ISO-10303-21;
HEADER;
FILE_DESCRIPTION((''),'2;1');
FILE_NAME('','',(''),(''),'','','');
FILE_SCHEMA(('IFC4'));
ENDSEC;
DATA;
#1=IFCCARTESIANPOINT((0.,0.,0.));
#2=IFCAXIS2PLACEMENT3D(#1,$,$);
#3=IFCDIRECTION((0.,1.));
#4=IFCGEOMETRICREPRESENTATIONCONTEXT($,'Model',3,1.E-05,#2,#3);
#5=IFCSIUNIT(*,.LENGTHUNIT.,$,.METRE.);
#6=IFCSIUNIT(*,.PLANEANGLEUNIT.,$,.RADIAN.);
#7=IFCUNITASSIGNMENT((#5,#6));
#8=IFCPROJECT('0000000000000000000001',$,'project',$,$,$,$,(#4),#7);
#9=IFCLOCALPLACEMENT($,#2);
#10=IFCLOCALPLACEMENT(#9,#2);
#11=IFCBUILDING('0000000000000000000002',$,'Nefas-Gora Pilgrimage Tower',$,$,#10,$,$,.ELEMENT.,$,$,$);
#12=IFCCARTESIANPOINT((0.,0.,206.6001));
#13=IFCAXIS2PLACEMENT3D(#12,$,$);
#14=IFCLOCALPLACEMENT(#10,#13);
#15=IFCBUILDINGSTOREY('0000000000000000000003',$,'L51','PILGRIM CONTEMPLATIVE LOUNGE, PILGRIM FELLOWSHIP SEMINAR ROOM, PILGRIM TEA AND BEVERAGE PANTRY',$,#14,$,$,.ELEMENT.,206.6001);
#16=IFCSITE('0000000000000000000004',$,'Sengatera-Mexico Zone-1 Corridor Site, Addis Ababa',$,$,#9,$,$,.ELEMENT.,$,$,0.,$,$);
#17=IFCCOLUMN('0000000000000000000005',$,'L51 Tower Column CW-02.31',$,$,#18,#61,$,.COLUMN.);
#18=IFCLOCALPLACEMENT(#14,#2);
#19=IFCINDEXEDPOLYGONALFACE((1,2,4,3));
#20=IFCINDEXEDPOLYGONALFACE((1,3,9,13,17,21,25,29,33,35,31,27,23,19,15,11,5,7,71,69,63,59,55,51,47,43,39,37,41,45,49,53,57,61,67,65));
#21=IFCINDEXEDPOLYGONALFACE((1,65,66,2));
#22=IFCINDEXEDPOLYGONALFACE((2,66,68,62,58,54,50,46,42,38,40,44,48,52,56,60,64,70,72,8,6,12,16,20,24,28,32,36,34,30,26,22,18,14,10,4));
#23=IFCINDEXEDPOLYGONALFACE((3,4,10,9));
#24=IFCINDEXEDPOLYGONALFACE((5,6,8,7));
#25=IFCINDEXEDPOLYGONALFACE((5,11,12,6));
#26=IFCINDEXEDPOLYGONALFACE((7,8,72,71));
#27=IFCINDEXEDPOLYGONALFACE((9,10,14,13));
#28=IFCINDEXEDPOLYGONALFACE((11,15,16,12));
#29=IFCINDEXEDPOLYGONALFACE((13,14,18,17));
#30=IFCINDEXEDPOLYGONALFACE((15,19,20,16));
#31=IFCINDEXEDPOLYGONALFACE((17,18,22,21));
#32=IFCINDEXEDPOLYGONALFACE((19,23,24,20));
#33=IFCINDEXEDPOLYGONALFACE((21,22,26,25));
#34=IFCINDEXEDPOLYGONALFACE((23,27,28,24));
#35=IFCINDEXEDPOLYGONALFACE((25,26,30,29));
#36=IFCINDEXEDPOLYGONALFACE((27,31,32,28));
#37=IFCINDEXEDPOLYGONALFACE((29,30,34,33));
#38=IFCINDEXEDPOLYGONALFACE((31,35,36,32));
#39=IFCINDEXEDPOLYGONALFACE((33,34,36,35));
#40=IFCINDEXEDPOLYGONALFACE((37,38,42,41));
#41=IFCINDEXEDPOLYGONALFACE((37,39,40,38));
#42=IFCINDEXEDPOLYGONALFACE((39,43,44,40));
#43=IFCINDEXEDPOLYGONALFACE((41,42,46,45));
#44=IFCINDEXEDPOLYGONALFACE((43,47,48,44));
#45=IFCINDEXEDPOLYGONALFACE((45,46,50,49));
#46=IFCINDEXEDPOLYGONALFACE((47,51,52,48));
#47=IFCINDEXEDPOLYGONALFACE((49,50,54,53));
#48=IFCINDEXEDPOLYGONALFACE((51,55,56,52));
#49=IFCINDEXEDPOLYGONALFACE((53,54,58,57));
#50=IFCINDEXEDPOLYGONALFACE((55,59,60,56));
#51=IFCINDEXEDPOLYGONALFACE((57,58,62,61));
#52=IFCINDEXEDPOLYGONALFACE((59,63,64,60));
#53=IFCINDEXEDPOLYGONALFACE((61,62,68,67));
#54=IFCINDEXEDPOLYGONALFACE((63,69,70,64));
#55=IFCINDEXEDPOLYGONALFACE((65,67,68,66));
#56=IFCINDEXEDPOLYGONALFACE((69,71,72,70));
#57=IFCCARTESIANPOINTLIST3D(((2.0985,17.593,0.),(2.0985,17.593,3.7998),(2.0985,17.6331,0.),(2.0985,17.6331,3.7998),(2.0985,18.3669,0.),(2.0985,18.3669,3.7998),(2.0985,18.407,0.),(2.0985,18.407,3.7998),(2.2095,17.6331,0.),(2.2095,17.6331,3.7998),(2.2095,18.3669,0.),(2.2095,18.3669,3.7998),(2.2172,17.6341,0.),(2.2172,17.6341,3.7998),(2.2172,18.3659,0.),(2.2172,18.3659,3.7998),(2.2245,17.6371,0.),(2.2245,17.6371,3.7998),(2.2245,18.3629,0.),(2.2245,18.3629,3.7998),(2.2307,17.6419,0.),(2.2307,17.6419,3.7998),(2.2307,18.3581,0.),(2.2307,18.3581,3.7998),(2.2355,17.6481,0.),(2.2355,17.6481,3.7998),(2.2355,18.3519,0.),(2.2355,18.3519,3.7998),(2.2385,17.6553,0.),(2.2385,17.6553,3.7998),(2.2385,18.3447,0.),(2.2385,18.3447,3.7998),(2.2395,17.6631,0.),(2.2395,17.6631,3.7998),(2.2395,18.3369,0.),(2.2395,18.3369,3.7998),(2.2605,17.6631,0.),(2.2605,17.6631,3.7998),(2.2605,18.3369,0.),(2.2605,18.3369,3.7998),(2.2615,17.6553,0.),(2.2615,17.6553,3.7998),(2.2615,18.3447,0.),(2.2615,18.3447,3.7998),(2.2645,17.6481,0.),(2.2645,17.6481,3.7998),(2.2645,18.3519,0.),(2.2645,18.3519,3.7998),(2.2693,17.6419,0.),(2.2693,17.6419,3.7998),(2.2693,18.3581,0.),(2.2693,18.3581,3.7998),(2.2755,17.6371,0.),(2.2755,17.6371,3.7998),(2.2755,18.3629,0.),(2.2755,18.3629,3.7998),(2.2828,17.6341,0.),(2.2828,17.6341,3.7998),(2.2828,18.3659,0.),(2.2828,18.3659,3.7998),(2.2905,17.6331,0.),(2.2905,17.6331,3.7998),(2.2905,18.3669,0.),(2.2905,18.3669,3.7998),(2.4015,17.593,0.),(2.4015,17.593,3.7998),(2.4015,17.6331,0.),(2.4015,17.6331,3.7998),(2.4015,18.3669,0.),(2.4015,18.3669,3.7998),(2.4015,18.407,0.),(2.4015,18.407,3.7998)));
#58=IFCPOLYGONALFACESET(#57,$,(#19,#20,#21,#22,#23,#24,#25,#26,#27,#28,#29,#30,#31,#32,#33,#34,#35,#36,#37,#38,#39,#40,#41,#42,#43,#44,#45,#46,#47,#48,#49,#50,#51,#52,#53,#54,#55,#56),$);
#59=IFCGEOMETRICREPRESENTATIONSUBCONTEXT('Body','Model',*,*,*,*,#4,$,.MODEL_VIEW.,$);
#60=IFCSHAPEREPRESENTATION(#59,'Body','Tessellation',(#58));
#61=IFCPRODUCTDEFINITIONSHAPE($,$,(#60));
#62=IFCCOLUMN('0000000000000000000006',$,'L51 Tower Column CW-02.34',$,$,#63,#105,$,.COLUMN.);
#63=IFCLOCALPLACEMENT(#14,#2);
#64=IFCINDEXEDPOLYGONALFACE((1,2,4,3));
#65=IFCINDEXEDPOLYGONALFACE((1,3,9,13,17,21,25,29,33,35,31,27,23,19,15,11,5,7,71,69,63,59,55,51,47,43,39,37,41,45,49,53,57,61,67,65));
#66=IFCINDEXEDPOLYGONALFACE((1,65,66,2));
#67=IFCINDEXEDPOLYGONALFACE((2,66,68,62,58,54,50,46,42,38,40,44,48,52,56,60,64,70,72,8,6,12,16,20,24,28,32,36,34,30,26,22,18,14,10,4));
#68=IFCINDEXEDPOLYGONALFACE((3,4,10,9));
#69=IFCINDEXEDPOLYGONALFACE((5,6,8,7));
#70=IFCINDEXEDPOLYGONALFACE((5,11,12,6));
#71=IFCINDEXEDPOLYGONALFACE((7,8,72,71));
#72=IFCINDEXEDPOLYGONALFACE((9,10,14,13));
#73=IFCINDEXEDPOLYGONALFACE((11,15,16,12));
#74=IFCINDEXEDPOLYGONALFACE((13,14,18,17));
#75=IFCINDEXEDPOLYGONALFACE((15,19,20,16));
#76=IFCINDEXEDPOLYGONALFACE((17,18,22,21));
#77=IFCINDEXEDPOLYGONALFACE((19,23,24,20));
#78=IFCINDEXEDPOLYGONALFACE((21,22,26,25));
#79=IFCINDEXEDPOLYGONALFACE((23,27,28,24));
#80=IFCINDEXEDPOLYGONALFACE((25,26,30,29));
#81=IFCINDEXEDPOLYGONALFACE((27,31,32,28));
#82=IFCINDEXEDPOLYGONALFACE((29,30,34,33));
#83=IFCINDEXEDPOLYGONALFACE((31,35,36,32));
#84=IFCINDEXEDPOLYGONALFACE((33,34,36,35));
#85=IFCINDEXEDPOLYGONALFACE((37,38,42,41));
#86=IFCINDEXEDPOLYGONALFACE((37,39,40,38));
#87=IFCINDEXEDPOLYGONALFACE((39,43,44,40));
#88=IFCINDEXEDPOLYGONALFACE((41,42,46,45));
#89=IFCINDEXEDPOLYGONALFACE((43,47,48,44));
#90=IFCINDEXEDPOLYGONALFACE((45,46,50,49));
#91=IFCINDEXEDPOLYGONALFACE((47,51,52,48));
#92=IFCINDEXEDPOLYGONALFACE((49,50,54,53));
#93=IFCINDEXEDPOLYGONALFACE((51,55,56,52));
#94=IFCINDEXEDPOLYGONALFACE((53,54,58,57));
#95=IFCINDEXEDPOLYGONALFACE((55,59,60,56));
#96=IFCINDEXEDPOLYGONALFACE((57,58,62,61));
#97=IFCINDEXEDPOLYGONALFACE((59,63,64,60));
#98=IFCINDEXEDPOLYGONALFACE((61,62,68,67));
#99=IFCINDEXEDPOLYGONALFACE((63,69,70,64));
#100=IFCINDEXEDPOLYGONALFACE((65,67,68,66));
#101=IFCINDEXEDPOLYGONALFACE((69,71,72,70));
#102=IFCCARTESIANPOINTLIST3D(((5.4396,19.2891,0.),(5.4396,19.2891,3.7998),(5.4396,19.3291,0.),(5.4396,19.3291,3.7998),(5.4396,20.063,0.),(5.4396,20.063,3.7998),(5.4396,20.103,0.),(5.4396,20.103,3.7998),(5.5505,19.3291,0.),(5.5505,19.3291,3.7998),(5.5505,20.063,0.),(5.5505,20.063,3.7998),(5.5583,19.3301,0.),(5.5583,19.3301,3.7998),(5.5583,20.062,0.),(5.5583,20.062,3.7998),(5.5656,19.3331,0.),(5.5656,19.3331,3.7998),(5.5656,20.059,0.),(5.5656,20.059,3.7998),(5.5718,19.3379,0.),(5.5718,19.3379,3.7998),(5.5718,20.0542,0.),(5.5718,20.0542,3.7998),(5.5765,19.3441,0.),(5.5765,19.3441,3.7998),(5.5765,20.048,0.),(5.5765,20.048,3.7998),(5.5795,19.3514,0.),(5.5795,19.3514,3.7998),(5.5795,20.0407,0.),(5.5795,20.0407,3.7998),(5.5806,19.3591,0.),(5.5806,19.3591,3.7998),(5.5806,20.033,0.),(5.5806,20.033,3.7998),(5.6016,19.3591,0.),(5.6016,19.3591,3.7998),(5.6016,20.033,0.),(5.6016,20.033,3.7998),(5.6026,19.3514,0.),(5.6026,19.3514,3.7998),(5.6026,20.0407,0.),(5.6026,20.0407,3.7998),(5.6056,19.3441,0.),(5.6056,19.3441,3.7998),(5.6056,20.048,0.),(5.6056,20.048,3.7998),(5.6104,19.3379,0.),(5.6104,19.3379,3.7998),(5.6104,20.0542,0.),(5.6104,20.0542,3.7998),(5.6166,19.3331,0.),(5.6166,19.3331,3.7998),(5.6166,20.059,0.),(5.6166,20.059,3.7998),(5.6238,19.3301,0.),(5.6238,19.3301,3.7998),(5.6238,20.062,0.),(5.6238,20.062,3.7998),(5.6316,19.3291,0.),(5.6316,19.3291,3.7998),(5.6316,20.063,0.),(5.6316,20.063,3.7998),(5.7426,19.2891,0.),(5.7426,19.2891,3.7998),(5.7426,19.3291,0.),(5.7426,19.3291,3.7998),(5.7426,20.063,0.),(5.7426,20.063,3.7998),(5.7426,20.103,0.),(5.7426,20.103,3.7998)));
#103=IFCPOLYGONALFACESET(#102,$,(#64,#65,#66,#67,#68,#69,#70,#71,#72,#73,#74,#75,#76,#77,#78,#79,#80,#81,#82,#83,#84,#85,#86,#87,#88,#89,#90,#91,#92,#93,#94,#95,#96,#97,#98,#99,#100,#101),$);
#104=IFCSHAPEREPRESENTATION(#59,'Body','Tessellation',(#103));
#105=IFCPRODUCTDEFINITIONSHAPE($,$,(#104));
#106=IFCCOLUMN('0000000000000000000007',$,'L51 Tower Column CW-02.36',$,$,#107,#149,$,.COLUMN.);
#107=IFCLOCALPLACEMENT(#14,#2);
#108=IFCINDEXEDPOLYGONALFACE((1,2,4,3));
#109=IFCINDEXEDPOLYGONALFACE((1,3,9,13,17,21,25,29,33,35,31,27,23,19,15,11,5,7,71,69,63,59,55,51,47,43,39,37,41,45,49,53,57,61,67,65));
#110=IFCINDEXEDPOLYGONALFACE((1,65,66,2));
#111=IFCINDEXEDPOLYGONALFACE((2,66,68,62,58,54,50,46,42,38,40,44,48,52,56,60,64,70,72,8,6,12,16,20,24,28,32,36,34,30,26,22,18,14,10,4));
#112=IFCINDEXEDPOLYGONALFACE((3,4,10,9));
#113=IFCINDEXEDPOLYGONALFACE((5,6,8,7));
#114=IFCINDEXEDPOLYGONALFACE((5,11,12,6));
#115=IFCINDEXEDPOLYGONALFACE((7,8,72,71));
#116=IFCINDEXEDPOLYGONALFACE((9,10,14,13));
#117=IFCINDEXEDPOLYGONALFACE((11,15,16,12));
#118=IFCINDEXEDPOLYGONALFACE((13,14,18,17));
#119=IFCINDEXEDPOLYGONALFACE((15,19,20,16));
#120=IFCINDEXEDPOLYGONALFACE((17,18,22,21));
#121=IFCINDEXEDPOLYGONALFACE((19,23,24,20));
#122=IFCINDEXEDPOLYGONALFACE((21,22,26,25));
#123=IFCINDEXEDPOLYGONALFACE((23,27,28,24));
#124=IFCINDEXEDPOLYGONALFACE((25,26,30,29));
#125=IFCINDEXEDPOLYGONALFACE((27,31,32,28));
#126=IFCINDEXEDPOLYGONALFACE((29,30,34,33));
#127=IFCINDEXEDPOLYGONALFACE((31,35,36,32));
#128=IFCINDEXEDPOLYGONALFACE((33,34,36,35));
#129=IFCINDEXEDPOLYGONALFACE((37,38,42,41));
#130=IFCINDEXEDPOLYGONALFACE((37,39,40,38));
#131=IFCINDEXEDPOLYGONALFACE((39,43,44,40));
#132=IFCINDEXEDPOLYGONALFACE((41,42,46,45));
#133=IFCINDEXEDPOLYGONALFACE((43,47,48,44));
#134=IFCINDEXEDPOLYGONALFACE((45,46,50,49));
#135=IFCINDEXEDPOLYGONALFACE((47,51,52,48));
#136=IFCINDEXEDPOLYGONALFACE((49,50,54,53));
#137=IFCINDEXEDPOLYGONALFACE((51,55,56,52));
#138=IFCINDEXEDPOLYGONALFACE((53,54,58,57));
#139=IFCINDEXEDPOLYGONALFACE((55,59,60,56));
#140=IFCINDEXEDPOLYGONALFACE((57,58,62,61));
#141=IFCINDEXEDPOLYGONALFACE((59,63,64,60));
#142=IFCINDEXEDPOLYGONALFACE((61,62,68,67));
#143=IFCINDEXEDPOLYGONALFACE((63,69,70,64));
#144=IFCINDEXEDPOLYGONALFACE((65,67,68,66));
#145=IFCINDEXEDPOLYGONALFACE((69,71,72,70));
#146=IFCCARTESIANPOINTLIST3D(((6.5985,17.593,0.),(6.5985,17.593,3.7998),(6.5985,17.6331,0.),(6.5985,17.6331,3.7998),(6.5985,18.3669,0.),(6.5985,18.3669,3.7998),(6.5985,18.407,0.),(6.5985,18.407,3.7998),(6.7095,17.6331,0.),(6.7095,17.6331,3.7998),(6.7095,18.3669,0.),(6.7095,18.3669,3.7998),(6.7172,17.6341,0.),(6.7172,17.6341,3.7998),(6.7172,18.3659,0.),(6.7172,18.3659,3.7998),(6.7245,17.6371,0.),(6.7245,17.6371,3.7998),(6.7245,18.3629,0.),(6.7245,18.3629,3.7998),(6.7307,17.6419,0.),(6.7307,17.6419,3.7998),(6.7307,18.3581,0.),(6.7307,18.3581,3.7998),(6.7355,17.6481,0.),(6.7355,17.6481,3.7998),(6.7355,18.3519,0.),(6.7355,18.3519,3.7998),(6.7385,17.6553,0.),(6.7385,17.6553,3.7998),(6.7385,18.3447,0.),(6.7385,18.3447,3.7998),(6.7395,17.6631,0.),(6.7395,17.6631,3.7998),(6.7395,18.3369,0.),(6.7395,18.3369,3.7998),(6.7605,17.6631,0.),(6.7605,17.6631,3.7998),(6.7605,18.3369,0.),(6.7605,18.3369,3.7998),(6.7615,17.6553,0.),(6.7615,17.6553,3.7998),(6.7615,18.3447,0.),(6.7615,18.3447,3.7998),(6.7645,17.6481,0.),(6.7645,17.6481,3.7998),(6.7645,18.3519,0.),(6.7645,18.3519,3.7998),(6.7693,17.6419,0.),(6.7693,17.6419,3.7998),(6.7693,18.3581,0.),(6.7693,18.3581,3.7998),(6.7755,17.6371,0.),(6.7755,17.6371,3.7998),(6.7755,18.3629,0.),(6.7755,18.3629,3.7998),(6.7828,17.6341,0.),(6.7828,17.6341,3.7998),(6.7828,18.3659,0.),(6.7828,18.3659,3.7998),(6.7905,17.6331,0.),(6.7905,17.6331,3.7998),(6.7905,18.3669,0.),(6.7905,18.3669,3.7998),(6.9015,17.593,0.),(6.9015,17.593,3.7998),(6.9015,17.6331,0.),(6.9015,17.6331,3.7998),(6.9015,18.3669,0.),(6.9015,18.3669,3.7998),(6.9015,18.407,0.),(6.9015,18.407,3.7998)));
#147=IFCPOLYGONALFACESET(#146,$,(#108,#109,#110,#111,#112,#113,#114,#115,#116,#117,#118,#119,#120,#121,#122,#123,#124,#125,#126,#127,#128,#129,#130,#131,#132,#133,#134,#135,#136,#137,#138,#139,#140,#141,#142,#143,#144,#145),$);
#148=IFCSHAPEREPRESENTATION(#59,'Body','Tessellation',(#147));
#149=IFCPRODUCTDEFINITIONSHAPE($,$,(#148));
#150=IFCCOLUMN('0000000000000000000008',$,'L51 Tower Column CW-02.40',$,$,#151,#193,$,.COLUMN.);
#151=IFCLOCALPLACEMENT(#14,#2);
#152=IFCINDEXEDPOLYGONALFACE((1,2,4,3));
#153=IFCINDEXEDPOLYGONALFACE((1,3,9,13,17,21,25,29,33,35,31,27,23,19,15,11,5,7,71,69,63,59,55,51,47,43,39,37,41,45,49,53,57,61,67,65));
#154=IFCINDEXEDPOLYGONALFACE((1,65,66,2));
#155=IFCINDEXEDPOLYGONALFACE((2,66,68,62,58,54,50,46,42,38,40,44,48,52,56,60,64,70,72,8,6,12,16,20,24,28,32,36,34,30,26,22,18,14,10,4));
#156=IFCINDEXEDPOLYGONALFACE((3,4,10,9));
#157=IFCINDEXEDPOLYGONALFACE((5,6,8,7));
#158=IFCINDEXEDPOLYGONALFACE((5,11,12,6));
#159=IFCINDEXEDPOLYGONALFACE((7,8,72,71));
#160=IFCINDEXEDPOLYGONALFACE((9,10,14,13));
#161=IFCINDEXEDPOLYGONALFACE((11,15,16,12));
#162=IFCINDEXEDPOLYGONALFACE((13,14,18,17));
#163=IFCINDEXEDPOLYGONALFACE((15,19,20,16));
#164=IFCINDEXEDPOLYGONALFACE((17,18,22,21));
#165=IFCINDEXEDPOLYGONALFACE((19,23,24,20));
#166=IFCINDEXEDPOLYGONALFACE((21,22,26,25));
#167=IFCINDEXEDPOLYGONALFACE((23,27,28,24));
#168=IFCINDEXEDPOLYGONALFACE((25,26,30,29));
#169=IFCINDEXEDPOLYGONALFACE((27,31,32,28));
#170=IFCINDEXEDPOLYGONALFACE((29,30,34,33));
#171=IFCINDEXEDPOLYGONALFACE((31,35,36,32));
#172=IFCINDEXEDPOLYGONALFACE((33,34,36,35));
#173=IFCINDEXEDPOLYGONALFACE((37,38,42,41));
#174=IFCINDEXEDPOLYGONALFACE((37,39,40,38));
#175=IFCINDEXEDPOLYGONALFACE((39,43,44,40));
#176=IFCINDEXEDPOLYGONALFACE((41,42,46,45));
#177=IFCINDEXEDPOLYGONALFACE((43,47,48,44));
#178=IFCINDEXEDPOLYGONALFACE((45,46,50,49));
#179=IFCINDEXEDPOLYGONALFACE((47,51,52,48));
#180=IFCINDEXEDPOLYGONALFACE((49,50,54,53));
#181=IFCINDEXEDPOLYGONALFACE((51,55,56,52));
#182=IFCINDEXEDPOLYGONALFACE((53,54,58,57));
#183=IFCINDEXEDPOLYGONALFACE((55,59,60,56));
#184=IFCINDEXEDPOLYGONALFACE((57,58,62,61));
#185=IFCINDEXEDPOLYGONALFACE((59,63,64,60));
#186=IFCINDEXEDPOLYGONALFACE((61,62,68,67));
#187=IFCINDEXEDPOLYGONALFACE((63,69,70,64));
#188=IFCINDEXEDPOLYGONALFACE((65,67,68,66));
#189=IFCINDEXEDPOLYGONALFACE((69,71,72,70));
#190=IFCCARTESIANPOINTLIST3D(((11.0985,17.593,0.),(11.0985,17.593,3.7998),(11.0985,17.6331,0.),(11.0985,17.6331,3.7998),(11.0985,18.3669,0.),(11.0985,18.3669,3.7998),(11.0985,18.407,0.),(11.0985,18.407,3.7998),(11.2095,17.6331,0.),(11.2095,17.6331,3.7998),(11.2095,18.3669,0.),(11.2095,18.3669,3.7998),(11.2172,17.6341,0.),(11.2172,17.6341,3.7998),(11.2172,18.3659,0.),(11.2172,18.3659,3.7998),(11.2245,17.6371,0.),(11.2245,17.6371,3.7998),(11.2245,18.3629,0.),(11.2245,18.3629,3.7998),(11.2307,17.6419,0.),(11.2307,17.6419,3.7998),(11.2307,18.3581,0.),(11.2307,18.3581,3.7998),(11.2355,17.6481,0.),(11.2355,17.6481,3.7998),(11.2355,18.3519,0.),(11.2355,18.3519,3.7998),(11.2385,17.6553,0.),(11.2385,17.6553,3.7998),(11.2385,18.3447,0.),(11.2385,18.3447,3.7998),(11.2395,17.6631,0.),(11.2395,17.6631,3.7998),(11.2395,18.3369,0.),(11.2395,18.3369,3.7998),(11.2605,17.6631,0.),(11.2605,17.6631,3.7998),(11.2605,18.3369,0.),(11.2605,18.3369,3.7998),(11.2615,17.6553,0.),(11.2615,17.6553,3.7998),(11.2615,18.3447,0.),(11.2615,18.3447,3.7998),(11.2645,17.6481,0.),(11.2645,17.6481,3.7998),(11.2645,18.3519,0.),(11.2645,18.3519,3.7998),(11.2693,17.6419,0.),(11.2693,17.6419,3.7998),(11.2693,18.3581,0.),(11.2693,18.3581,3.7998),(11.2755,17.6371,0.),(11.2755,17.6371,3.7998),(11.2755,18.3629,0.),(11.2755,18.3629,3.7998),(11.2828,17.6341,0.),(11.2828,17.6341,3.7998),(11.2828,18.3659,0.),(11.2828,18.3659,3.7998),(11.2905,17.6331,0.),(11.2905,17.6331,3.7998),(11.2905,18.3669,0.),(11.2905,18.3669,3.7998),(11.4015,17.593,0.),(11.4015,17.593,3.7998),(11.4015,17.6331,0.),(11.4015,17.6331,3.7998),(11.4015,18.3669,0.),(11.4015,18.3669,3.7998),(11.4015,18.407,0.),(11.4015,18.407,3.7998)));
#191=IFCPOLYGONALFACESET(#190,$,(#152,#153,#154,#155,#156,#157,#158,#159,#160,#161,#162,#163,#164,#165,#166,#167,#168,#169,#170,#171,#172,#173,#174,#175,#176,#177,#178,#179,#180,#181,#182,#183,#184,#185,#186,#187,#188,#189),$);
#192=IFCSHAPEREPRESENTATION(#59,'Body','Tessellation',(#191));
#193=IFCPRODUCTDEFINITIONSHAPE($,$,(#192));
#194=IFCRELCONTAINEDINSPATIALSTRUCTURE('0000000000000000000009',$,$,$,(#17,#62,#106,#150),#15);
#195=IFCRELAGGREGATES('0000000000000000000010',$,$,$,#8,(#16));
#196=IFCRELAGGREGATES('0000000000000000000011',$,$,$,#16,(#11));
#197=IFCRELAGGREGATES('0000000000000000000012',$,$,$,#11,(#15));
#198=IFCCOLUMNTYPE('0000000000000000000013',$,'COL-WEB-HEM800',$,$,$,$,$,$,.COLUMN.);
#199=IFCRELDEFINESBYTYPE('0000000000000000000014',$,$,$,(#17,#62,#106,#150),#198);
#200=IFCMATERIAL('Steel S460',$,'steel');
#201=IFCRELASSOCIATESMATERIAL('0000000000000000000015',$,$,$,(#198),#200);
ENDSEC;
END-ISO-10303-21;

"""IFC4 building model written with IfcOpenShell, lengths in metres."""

from ifc_helpers import new_model, si_unit, direction, frame, origin, origin_2d, place, context, subcontext, project, spatial, i_section, extrude, source, transform, mapped, material, material_profile, profile_set, type_object, element, save


model = new_model("IFC4")

# Units and contexts
model_context = context("Model", 3, precision=1e-05, world=origin(), true_north=direction((0.0, 1.0)))
body_context = subcontext(model_context, "Body", "Model", "MODEL_VIEW")
ifc_project = project(units=[si_unit("LENGTHUNIT", "METRE"), si_unit("PLANEANGLEUNIT", "RADIAN")], contexts=[model_context])

# Site, building, storey
site_placement = place(None, origin())
site = spatial("IfcSite", under=ifc_project, at=site_placement, Name="Sengatera-Mexico Zone-1 Corridor Site, Addis Ababa", CompositionType="ELEMENT", RefElevation=0.0)
building_placement = place(site_placement, origin())
building = spatial("IfcBuilding", under=site, at=building_placement, Name="Nefas-Gora Pilgrimage Tower", CompositionType="ELEMENT")
storey_placement = place(building_placement, frame((0.0, 0.0, 206.6001)))
storey = spatial("IfcBuildingStorey", under=building, at=storey_placement, Name="L51", Description="PILGRIM CONTEMPLATIVE LOUNGE, PILGRIM FELLOWSHIP SEMINAR ROOM, PILGRIM TEA AND BEVERAGE PANTRY", CompositionType="ELEMENT", Elevation=206.6001)

# Columns
ifc_material_1 = material(Name="Steel S460", Category="steel")
ifc_material_profile_1 = material_profile(ifc_material_1, i_section(OverallWidth=0.303, OverallDepth=0.814, WebThickness=0.021, FlangeThickness=0.04, FilletRadius=0.03, at=origin_2d()), Name="HEM 800")
ifc_profile_set_1 = profile_set([ifc_material_profile_1], Name="Steel S460")
column_type_1 = type_object("IfcColumnType", Name="COL-WEB-HEM800", PredefinedType="COLUMN", material=ifc_profile_set_1)
shared_shape_1 = source(origin(), body_context, "Body", "SweptSolid", [
    extrude(i_section(OverallWidth=0.303, OverallDepth=0.814, WebThickness=0.021, FlangeThickness=0.04, FilletRadius=0.03, at=origin_2d()), origin(), (0.0, 0.0, 1.0), 3.7998),
])
for number, where, z_axis, x_axis, name in (
    (1, (2.25, 18.0, 0.0), (0.0, 0.0, 1.0), (1.0, 0.0, 0.0), "L51 Tower Column CW-02.31"),
    (2, (5.5911, 19.696, 0.0), (0.0, 0.0, 1.0), (1.0, 0.0, 0.0), "L51 Tower Column CW-02.34"),
    (3, (6.75, 18.0, 0.0), (0.0, 0.0, 1.0), (1.0, 0.0, 0.0), "L51 Tower Column CW-02.36"),
    (4, (11.25, 18.0, 0.0), (0.0, 0.0, 1.0), (1.0, 0.0, 0.0), "L51 Tower Column CW-02.40"),
):
    element("IfcColumn", number, at=place(storey_placement, frame(where, z_axis=z_axis, x_axis=x_axis)), inside=storey, type_object=column_type_1, Name=name, PredefinedType="COLUMN", context=body_context, shape_type="MappedRepresentation", body=[
        mapped(shared_shape_1, transform((0.0, 0.0, 0.0), x_axis=(1.0, 0.0, 0.0), y_axis=(0.0, 1.0, 0.0), z_axis=(0.0, 0.0, 1.0), scale=1.0)),
    ])

save(model, "model.ifc")
